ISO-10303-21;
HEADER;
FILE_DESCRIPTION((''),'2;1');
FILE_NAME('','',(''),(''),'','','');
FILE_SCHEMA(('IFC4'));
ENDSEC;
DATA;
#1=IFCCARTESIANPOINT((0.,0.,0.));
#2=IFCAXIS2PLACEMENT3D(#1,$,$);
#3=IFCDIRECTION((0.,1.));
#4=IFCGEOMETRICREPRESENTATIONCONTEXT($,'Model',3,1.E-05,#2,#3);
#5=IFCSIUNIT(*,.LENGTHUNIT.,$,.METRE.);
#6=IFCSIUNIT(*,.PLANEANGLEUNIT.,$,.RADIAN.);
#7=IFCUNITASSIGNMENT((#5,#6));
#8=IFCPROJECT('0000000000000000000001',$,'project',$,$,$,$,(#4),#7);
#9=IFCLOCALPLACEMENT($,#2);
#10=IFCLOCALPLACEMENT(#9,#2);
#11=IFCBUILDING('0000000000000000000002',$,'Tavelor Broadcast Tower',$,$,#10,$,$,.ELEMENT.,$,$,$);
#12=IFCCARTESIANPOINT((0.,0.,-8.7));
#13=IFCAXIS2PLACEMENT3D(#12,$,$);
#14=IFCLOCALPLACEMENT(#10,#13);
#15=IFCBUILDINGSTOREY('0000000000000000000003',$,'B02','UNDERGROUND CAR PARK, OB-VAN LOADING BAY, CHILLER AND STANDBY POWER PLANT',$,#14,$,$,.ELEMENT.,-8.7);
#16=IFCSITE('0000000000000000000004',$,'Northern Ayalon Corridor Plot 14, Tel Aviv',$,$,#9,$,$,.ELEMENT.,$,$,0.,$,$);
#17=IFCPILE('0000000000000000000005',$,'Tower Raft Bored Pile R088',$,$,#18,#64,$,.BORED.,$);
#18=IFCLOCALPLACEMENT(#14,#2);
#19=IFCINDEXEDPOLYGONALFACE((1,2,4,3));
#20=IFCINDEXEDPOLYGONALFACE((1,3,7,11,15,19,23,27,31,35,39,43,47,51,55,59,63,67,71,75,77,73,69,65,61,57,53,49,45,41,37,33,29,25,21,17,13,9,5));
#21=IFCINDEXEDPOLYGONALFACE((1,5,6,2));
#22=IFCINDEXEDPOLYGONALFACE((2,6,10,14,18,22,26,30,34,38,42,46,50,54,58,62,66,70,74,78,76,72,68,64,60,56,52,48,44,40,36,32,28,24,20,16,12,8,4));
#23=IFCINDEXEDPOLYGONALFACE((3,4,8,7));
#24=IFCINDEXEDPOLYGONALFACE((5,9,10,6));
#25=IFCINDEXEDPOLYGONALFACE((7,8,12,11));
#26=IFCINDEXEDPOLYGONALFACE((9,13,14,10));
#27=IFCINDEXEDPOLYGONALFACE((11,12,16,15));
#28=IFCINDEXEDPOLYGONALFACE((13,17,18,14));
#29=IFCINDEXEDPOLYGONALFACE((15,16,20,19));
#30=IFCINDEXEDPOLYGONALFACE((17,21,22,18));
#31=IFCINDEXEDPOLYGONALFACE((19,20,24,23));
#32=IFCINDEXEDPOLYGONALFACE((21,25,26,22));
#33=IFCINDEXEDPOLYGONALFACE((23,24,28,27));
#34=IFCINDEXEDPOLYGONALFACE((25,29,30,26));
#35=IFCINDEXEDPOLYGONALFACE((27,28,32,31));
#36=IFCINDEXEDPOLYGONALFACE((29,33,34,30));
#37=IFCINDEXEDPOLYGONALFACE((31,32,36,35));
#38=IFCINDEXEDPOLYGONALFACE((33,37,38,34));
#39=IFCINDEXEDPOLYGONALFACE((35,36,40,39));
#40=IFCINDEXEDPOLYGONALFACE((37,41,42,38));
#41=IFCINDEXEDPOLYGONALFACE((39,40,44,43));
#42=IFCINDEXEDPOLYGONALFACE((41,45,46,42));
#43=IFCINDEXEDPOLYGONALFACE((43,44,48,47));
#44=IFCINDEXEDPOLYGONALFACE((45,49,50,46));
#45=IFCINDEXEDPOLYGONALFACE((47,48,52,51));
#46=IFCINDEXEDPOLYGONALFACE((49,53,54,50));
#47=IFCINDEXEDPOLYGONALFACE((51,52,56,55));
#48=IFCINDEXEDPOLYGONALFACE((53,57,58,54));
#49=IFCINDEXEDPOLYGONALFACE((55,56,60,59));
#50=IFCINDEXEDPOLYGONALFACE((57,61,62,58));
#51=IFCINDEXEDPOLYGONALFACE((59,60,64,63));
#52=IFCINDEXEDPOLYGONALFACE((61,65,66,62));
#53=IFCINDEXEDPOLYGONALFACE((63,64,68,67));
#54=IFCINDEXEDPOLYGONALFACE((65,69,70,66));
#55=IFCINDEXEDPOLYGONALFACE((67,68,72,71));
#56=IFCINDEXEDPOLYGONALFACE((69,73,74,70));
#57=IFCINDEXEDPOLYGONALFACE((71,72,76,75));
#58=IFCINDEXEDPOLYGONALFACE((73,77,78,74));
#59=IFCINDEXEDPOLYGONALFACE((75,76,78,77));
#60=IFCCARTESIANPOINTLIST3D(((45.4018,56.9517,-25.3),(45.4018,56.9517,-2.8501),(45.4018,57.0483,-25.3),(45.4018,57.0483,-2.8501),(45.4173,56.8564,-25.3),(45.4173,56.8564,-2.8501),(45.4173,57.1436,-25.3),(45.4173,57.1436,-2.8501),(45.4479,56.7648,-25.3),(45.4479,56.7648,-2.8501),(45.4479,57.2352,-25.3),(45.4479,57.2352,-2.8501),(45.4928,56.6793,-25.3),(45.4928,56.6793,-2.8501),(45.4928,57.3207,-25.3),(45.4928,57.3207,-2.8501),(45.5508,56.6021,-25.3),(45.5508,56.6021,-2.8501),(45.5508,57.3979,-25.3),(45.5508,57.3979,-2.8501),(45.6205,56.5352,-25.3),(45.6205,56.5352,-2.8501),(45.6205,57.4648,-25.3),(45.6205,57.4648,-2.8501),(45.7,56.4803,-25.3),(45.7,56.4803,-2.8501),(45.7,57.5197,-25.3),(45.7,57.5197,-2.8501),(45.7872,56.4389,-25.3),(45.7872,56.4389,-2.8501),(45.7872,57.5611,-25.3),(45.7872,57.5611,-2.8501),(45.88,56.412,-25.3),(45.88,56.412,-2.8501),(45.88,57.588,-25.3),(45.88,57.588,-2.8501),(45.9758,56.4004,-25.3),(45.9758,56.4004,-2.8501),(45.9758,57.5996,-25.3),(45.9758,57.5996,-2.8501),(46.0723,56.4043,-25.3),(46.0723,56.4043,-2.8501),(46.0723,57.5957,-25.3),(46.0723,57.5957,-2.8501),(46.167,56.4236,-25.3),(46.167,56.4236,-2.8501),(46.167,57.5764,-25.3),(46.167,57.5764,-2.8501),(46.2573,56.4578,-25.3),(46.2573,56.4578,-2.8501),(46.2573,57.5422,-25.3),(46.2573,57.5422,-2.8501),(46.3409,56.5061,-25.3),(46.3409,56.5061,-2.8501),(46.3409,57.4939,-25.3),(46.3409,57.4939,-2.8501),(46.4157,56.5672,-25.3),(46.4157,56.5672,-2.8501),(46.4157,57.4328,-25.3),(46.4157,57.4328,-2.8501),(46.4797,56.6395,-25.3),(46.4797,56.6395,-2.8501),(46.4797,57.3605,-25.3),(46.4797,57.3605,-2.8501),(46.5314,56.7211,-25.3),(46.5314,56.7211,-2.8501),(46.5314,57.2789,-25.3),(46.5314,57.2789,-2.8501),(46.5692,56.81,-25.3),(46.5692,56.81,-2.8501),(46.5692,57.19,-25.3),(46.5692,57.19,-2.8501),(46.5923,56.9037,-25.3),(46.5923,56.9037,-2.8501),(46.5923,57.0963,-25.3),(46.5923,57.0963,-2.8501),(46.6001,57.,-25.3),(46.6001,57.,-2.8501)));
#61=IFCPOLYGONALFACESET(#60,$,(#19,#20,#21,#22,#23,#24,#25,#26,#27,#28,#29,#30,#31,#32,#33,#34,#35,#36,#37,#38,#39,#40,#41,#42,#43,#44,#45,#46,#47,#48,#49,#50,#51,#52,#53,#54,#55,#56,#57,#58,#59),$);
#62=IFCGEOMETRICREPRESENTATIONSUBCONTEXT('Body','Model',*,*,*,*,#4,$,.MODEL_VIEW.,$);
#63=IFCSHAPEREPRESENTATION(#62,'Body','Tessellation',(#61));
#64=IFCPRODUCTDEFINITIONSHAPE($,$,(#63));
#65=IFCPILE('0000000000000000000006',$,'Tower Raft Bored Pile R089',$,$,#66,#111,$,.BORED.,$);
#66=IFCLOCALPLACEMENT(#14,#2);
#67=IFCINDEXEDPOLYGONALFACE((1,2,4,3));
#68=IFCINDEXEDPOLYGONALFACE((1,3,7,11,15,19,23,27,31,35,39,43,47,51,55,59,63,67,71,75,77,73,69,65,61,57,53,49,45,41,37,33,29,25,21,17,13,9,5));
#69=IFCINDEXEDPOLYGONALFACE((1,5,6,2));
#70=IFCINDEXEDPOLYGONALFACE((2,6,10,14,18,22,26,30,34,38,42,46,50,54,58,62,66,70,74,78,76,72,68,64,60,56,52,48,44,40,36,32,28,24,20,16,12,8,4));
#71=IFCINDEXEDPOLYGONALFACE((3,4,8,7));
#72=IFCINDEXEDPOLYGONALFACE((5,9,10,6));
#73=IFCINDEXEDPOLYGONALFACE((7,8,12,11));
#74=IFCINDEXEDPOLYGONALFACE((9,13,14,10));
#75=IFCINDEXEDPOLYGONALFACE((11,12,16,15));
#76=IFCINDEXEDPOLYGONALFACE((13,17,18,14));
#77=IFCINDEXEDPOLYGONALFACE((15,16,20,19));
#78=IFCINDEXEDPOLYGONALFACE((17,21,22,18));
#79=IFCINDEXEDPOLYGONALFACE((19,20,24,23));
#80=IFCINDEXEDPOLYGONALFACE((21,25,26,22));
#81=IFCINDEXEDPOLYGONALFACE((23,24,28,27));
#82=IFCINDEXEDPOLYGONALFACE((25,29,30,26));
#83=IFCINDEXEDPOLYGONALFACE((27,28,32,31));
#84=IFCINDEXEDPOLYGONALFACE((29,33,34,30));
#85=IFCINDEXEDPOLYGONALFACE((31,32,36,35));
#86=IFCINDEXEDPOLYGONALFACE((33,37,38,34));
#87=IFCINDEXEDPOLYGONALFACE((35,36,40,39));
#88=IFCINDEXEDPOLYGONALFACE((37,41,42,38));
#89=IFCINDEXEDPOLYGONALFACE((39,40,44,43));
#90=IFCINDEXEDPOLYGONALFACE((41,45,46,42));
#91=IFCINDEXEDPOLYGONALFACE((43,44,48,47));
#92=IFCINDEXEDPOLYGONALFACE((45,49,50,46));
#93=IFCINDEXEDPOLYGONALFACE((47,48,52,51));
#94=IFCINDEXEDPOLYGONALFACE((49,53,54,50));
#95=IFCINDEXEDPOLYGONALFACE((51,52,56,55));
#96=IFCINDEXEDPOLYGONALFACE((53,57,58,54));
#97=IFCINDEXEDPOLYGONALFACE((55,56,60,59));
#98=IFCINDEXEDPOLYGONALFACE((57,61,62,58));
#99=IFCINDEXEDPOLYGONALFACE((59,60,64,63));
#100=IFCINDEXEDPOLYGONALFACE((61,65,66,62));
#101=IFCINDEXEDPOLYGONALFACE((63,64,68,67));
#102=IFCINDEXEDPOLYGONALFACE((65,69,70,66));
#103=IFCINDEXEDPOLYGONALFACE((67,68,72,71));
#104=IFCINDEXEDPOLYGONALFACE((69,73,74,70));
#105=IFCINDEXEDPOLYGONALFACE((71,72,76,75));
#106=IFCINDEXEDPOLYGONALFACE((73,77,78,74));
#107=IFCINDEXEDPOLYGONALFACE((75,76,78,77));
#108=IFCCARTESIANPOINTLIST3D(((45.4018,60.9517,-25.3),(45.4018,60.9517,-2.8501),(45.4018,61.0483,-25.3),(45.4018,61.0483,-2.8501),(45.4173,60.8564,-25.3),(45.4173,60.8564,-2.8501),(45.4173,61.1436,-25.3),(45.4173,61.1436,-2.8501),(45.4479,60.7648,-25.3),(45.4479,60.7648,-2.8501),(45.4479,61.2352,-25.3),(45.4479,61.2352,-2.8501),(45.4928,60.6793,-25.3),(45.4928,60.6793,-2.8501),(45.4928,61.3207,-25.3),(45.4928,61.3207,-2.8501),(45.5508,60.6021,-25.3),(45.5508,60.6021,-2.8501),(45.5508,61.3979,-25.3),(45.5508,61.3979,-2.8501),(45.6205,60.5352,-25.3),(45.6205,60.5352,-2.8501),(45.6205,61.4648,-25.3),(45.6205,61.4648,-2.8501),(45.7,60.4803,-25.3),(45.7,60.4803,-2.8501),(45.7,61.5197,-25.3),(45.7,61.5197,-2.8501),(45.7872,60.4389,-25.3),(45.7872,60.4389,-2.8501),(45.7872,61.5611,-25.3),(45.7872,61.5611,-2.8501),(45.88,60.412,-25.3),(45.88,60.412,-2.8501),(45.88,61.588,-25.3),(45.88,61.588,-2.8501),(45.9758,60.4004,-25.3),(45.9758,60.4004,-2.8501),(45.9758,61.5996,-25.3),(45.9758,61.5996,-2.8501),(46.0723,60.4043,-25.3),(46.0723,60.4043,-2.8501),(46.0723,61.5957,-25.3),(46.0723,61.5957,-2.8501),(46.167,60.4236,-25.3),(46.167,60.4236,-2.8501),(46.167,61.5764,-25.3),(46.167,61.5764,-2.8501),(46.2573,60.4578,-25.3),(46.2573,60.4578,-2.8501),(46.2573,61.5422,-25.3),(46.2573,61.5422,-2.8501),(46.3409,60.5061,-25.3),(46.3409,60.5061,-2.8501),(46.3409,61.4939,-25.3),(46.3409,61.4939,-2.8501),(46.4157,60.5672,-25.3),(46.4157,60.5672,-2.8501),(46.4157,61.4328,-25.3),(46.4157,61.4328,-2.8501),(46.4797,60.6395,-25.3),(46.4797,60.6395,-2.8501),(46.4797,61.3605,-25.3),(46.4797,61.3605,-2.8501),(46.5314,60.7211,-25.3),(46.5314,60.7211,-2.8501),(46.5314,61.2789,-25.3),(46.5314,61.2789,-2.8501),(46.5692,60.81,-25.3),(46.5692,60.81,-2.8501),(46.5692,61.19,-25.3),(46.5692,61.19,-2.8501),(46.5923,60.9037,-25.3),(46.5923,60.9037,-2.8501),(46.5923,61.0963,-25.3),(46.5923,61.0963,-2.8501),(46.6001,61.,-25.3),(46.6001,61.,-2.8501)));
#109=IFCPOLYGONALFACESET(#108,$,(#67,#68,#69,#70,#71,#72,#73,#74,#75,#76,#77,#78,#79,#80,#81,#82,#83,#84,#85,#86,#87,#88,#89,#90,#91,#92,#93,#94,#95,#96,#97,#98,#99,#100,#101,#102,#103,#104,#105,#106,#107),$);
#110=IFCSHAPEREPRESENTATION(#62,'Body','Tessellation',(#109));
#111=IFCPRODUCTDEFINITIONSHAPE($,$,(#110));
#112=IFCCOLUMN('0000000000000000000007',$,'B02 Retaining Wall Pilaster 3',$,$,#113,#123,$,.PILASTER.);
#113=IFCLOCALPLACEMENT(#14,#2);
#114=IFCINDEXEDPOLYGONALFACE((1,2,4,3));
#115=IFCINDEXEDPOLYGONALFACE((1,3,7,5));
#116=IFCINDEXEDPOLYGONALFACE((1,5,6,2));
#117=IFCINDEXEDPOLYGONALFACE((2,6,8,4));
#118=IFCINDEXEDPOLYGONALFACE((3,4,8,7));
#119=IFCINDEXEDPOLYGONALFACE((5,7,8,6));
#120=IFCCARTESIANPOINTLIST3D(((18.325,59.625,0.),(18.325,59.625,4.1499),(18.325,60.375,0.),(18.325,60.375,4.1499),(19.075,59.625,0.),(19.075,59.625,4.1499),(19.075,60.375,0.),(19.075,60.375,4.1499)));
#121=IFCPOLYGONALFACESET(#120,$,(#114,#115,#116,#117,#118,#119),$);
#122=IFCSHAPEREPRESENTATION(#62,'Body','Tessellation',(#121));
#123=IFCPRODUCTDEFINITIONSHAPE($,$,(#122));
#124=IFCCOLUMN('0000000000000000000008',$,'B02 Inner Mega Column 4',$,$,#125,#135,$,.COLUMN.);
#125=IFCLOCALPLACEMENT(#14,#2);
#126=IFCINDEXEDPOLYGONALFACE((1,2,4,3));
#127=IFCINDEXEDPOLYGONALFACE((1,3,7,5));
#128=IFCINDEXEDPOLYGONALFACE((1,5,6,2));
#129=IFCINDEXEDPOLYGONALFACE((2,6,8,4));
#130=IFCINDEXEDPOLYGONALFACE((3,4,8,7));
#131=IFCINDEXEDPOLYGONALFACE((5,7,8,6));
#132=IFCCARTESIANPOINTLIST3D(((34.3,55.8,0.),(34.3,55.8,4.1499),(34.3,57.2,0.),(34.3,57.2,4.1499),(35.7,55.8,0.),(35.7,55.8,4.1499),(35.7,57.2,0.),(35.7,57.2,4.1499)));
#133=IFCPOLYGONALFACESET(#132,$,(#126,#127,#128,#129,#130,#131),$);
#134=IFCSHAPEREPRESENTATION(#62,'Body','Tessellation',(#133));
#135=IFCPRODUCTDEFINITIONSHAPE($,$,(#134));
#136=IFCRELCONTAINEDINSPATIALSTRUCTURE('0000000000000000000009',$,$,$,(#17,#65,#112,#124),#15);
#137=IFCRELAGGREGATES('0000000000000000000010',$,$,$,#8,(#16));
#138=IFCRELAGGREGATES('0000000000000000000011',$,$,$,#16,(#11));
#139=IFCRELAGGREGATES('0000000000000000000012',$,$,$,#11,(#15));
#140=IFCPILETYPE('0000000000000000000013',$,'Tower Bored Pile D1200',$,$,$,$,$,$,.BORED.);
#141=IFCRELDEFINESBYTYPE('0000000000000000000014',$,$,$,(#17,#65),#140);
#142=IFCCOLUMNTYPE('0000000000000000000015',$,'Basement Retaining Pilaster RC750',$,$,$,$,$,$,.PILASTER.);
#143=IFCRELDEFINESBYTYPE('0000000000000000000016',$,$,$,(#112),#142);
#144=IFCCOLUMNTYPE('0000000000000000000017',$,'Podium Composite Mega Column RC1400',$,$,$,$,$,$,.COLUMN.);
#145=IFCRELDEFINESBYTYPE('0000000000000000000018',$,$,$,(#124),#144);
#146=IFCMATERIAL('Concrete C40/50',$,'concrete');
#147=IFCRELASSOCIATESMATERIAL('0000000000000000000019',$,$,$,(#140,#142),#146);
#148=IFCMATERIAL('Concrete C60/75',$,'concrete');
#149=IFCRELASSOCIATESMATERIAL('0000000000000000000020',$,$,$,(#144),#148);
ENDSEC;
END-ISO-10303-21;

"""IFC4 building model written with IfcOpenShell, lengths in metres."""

from ifc_helpers import new_model, si_unit, direction, frame, origin, origin_2d, place, context, subcontext, project, spatial, rectangle, circle, extrude, material, material_profile, profile_set, type_object, element, save


model = new_model("IFC4")

# Units and contexts
model_context = context("Model", 3, precision=1e-05, world=origin(), true_north=direction((0.0, 1.0)))
body_context = subcontext(model_context, "Body", "Model", "MODEL_VIEW")
ifc_project = project(units=[si_unit("LENGTHUNIT", "METRE"), si_unit("PLANEANGLEUNIT", "RADIAN")], contexts=[model_context])

# Site, building, storey
site_placement = place(None, origin())
site = spatial("IfcSite", under=ifc_project, at=site_placement, Name="Northern Ayalon Corridor Plot 14, Tel Aviv", CompositionType="ELEMENT", RefElevation=0.0)
building_placement = place(site_placement, origin())
building = spatial("IfcBuilding", under=site, at=building_placement, Name="Tavelor Broadcast Tower", CompositionType="ELEMENT")
storey_placement = place(building_placement, frame((0.0, 0.0, -8.7)))
storey = spatial("IfcBuildingStorey", under=building, at=storey_placement, Name="B02", Description="UNDERGROUND CAR PARK, OB-VAN LOADING BAY, CHILLER AND STANDBY POWER PLANT", CompositionType="ELEMENT", Elevation=-8.7)

# Piles
ifc_material_1 = material(Name="Concrete C40/50", Category="concrete")
ifc_material_profile_1 = material_profile(ifc_material_1, circle(Radius=0.6001, at=origin_2d()), Name="PILE D1200")
ifc_profile_set_1 = profile_set([ifc_material_profile_1], Name="Concrete C40/50")
pile_type = type_object("IfcPileType", Name="Tower Bored Pile D1200", PredefinedType="BORED", material=ifc_profile_set_1)
for number, where, z_axis, x_axis, name in (
    (1, (46.0, 57.0, -2.8501), (0.0, 0.0, -1.0), (1.0, 0.0, 0.0), "Tower Raft Bored Pile R088"),
    (2, (46.0, 61.0, -2.8501), (0.0, 0.0, -1.0), (1.0, 0.0, 0.0), "Tower Raft Bored Pile R089"),
):
    element("IfcPile", number, at=place(storey_placement, frame(where, z_axis=z_axis, x_axis=x_axis)), inside=storey, type_object=pile_type, Name=name, PredefinedType="BORED", context=body_context, shape_type="SweptSolid", body=[
        extrude(circle(Radius=0.6001, at=origin_2d()), origin(), (0.0, 0.0, 1.0), 22.45),
    ])

# Columns
ifc_material_profile_2 = material_profile(ifc_material_1, rectangle(XDim=0.75, YDim=0.75, at=origin_2d()), Name="RC 750x750")
ifc_profile_set_2 = profile_set([ifc_material_profile_2], Name="Concrete C40/50")
column_type_1 = type_object("IfcColumnType", Name="Basement Retaining Pilaster RC750", PredefinedType="PILASTER", material=ifc_profile_set_2)
column_1_placement = place(storey_placement, frame((18.7, 60.0, 0.0), z_axis=(0.0, 0.0, 1.0), x_axis=(1.0, 0.0, 0.0)))
element("IfcColumn", 3, at=column_1_placement, inside=storey, type_object=column_type_1, Name="B02 Retaining Wall Pilaster 3", PredefinedType="PILASTER", context=body_context, shape_type="SweptSolid", body=[
    extrude(rectangle(XDim=0.75, YDim=0.75, at=origin_2d()), origin(), (0.0, 0.0, 1.0), 4.1499),
])
ifc_material_2 = material(Name="Concrete C60/75", Category="concrete")
ifc_material_profile_3 = material_profile(ifc_material_2, rectangle(XDim=1.3999, YDim=1.3999, at=origin_2d()), Name="RC 1400x1400")
ifc_profile_set_3 = profile_set([ifc_material_profile_3], Name="Concrete C60/75")
column_type_2 = type_object("IfcColumnType", Name="Podium Composite Mega Column RC1400", PredefinedType="COLUMN", material=ifc_profile_set_3)
column_2_placement = place(storey_placement, frame((35.0, 56.5, 0.0), z_axis=(0.0, 0.0, 1.0), x_axis=(1.0, 0.0, 0.0)))
element("IfcColumn", 4, at=column_2_placement, inside=storey, type_object=column_type_2, Name="B02 Inner Mega Column 4", PredefinedType="COLUMN", context=body_context, shape_type="SweptSolid", body=[
    extrude(rectangle(XDim=1.3999, YDim=1.3999, at=origin_2d()), origin(), (0.0, 0.0, 1.0), 4.1499),
])

save(model, "model.ifc")
